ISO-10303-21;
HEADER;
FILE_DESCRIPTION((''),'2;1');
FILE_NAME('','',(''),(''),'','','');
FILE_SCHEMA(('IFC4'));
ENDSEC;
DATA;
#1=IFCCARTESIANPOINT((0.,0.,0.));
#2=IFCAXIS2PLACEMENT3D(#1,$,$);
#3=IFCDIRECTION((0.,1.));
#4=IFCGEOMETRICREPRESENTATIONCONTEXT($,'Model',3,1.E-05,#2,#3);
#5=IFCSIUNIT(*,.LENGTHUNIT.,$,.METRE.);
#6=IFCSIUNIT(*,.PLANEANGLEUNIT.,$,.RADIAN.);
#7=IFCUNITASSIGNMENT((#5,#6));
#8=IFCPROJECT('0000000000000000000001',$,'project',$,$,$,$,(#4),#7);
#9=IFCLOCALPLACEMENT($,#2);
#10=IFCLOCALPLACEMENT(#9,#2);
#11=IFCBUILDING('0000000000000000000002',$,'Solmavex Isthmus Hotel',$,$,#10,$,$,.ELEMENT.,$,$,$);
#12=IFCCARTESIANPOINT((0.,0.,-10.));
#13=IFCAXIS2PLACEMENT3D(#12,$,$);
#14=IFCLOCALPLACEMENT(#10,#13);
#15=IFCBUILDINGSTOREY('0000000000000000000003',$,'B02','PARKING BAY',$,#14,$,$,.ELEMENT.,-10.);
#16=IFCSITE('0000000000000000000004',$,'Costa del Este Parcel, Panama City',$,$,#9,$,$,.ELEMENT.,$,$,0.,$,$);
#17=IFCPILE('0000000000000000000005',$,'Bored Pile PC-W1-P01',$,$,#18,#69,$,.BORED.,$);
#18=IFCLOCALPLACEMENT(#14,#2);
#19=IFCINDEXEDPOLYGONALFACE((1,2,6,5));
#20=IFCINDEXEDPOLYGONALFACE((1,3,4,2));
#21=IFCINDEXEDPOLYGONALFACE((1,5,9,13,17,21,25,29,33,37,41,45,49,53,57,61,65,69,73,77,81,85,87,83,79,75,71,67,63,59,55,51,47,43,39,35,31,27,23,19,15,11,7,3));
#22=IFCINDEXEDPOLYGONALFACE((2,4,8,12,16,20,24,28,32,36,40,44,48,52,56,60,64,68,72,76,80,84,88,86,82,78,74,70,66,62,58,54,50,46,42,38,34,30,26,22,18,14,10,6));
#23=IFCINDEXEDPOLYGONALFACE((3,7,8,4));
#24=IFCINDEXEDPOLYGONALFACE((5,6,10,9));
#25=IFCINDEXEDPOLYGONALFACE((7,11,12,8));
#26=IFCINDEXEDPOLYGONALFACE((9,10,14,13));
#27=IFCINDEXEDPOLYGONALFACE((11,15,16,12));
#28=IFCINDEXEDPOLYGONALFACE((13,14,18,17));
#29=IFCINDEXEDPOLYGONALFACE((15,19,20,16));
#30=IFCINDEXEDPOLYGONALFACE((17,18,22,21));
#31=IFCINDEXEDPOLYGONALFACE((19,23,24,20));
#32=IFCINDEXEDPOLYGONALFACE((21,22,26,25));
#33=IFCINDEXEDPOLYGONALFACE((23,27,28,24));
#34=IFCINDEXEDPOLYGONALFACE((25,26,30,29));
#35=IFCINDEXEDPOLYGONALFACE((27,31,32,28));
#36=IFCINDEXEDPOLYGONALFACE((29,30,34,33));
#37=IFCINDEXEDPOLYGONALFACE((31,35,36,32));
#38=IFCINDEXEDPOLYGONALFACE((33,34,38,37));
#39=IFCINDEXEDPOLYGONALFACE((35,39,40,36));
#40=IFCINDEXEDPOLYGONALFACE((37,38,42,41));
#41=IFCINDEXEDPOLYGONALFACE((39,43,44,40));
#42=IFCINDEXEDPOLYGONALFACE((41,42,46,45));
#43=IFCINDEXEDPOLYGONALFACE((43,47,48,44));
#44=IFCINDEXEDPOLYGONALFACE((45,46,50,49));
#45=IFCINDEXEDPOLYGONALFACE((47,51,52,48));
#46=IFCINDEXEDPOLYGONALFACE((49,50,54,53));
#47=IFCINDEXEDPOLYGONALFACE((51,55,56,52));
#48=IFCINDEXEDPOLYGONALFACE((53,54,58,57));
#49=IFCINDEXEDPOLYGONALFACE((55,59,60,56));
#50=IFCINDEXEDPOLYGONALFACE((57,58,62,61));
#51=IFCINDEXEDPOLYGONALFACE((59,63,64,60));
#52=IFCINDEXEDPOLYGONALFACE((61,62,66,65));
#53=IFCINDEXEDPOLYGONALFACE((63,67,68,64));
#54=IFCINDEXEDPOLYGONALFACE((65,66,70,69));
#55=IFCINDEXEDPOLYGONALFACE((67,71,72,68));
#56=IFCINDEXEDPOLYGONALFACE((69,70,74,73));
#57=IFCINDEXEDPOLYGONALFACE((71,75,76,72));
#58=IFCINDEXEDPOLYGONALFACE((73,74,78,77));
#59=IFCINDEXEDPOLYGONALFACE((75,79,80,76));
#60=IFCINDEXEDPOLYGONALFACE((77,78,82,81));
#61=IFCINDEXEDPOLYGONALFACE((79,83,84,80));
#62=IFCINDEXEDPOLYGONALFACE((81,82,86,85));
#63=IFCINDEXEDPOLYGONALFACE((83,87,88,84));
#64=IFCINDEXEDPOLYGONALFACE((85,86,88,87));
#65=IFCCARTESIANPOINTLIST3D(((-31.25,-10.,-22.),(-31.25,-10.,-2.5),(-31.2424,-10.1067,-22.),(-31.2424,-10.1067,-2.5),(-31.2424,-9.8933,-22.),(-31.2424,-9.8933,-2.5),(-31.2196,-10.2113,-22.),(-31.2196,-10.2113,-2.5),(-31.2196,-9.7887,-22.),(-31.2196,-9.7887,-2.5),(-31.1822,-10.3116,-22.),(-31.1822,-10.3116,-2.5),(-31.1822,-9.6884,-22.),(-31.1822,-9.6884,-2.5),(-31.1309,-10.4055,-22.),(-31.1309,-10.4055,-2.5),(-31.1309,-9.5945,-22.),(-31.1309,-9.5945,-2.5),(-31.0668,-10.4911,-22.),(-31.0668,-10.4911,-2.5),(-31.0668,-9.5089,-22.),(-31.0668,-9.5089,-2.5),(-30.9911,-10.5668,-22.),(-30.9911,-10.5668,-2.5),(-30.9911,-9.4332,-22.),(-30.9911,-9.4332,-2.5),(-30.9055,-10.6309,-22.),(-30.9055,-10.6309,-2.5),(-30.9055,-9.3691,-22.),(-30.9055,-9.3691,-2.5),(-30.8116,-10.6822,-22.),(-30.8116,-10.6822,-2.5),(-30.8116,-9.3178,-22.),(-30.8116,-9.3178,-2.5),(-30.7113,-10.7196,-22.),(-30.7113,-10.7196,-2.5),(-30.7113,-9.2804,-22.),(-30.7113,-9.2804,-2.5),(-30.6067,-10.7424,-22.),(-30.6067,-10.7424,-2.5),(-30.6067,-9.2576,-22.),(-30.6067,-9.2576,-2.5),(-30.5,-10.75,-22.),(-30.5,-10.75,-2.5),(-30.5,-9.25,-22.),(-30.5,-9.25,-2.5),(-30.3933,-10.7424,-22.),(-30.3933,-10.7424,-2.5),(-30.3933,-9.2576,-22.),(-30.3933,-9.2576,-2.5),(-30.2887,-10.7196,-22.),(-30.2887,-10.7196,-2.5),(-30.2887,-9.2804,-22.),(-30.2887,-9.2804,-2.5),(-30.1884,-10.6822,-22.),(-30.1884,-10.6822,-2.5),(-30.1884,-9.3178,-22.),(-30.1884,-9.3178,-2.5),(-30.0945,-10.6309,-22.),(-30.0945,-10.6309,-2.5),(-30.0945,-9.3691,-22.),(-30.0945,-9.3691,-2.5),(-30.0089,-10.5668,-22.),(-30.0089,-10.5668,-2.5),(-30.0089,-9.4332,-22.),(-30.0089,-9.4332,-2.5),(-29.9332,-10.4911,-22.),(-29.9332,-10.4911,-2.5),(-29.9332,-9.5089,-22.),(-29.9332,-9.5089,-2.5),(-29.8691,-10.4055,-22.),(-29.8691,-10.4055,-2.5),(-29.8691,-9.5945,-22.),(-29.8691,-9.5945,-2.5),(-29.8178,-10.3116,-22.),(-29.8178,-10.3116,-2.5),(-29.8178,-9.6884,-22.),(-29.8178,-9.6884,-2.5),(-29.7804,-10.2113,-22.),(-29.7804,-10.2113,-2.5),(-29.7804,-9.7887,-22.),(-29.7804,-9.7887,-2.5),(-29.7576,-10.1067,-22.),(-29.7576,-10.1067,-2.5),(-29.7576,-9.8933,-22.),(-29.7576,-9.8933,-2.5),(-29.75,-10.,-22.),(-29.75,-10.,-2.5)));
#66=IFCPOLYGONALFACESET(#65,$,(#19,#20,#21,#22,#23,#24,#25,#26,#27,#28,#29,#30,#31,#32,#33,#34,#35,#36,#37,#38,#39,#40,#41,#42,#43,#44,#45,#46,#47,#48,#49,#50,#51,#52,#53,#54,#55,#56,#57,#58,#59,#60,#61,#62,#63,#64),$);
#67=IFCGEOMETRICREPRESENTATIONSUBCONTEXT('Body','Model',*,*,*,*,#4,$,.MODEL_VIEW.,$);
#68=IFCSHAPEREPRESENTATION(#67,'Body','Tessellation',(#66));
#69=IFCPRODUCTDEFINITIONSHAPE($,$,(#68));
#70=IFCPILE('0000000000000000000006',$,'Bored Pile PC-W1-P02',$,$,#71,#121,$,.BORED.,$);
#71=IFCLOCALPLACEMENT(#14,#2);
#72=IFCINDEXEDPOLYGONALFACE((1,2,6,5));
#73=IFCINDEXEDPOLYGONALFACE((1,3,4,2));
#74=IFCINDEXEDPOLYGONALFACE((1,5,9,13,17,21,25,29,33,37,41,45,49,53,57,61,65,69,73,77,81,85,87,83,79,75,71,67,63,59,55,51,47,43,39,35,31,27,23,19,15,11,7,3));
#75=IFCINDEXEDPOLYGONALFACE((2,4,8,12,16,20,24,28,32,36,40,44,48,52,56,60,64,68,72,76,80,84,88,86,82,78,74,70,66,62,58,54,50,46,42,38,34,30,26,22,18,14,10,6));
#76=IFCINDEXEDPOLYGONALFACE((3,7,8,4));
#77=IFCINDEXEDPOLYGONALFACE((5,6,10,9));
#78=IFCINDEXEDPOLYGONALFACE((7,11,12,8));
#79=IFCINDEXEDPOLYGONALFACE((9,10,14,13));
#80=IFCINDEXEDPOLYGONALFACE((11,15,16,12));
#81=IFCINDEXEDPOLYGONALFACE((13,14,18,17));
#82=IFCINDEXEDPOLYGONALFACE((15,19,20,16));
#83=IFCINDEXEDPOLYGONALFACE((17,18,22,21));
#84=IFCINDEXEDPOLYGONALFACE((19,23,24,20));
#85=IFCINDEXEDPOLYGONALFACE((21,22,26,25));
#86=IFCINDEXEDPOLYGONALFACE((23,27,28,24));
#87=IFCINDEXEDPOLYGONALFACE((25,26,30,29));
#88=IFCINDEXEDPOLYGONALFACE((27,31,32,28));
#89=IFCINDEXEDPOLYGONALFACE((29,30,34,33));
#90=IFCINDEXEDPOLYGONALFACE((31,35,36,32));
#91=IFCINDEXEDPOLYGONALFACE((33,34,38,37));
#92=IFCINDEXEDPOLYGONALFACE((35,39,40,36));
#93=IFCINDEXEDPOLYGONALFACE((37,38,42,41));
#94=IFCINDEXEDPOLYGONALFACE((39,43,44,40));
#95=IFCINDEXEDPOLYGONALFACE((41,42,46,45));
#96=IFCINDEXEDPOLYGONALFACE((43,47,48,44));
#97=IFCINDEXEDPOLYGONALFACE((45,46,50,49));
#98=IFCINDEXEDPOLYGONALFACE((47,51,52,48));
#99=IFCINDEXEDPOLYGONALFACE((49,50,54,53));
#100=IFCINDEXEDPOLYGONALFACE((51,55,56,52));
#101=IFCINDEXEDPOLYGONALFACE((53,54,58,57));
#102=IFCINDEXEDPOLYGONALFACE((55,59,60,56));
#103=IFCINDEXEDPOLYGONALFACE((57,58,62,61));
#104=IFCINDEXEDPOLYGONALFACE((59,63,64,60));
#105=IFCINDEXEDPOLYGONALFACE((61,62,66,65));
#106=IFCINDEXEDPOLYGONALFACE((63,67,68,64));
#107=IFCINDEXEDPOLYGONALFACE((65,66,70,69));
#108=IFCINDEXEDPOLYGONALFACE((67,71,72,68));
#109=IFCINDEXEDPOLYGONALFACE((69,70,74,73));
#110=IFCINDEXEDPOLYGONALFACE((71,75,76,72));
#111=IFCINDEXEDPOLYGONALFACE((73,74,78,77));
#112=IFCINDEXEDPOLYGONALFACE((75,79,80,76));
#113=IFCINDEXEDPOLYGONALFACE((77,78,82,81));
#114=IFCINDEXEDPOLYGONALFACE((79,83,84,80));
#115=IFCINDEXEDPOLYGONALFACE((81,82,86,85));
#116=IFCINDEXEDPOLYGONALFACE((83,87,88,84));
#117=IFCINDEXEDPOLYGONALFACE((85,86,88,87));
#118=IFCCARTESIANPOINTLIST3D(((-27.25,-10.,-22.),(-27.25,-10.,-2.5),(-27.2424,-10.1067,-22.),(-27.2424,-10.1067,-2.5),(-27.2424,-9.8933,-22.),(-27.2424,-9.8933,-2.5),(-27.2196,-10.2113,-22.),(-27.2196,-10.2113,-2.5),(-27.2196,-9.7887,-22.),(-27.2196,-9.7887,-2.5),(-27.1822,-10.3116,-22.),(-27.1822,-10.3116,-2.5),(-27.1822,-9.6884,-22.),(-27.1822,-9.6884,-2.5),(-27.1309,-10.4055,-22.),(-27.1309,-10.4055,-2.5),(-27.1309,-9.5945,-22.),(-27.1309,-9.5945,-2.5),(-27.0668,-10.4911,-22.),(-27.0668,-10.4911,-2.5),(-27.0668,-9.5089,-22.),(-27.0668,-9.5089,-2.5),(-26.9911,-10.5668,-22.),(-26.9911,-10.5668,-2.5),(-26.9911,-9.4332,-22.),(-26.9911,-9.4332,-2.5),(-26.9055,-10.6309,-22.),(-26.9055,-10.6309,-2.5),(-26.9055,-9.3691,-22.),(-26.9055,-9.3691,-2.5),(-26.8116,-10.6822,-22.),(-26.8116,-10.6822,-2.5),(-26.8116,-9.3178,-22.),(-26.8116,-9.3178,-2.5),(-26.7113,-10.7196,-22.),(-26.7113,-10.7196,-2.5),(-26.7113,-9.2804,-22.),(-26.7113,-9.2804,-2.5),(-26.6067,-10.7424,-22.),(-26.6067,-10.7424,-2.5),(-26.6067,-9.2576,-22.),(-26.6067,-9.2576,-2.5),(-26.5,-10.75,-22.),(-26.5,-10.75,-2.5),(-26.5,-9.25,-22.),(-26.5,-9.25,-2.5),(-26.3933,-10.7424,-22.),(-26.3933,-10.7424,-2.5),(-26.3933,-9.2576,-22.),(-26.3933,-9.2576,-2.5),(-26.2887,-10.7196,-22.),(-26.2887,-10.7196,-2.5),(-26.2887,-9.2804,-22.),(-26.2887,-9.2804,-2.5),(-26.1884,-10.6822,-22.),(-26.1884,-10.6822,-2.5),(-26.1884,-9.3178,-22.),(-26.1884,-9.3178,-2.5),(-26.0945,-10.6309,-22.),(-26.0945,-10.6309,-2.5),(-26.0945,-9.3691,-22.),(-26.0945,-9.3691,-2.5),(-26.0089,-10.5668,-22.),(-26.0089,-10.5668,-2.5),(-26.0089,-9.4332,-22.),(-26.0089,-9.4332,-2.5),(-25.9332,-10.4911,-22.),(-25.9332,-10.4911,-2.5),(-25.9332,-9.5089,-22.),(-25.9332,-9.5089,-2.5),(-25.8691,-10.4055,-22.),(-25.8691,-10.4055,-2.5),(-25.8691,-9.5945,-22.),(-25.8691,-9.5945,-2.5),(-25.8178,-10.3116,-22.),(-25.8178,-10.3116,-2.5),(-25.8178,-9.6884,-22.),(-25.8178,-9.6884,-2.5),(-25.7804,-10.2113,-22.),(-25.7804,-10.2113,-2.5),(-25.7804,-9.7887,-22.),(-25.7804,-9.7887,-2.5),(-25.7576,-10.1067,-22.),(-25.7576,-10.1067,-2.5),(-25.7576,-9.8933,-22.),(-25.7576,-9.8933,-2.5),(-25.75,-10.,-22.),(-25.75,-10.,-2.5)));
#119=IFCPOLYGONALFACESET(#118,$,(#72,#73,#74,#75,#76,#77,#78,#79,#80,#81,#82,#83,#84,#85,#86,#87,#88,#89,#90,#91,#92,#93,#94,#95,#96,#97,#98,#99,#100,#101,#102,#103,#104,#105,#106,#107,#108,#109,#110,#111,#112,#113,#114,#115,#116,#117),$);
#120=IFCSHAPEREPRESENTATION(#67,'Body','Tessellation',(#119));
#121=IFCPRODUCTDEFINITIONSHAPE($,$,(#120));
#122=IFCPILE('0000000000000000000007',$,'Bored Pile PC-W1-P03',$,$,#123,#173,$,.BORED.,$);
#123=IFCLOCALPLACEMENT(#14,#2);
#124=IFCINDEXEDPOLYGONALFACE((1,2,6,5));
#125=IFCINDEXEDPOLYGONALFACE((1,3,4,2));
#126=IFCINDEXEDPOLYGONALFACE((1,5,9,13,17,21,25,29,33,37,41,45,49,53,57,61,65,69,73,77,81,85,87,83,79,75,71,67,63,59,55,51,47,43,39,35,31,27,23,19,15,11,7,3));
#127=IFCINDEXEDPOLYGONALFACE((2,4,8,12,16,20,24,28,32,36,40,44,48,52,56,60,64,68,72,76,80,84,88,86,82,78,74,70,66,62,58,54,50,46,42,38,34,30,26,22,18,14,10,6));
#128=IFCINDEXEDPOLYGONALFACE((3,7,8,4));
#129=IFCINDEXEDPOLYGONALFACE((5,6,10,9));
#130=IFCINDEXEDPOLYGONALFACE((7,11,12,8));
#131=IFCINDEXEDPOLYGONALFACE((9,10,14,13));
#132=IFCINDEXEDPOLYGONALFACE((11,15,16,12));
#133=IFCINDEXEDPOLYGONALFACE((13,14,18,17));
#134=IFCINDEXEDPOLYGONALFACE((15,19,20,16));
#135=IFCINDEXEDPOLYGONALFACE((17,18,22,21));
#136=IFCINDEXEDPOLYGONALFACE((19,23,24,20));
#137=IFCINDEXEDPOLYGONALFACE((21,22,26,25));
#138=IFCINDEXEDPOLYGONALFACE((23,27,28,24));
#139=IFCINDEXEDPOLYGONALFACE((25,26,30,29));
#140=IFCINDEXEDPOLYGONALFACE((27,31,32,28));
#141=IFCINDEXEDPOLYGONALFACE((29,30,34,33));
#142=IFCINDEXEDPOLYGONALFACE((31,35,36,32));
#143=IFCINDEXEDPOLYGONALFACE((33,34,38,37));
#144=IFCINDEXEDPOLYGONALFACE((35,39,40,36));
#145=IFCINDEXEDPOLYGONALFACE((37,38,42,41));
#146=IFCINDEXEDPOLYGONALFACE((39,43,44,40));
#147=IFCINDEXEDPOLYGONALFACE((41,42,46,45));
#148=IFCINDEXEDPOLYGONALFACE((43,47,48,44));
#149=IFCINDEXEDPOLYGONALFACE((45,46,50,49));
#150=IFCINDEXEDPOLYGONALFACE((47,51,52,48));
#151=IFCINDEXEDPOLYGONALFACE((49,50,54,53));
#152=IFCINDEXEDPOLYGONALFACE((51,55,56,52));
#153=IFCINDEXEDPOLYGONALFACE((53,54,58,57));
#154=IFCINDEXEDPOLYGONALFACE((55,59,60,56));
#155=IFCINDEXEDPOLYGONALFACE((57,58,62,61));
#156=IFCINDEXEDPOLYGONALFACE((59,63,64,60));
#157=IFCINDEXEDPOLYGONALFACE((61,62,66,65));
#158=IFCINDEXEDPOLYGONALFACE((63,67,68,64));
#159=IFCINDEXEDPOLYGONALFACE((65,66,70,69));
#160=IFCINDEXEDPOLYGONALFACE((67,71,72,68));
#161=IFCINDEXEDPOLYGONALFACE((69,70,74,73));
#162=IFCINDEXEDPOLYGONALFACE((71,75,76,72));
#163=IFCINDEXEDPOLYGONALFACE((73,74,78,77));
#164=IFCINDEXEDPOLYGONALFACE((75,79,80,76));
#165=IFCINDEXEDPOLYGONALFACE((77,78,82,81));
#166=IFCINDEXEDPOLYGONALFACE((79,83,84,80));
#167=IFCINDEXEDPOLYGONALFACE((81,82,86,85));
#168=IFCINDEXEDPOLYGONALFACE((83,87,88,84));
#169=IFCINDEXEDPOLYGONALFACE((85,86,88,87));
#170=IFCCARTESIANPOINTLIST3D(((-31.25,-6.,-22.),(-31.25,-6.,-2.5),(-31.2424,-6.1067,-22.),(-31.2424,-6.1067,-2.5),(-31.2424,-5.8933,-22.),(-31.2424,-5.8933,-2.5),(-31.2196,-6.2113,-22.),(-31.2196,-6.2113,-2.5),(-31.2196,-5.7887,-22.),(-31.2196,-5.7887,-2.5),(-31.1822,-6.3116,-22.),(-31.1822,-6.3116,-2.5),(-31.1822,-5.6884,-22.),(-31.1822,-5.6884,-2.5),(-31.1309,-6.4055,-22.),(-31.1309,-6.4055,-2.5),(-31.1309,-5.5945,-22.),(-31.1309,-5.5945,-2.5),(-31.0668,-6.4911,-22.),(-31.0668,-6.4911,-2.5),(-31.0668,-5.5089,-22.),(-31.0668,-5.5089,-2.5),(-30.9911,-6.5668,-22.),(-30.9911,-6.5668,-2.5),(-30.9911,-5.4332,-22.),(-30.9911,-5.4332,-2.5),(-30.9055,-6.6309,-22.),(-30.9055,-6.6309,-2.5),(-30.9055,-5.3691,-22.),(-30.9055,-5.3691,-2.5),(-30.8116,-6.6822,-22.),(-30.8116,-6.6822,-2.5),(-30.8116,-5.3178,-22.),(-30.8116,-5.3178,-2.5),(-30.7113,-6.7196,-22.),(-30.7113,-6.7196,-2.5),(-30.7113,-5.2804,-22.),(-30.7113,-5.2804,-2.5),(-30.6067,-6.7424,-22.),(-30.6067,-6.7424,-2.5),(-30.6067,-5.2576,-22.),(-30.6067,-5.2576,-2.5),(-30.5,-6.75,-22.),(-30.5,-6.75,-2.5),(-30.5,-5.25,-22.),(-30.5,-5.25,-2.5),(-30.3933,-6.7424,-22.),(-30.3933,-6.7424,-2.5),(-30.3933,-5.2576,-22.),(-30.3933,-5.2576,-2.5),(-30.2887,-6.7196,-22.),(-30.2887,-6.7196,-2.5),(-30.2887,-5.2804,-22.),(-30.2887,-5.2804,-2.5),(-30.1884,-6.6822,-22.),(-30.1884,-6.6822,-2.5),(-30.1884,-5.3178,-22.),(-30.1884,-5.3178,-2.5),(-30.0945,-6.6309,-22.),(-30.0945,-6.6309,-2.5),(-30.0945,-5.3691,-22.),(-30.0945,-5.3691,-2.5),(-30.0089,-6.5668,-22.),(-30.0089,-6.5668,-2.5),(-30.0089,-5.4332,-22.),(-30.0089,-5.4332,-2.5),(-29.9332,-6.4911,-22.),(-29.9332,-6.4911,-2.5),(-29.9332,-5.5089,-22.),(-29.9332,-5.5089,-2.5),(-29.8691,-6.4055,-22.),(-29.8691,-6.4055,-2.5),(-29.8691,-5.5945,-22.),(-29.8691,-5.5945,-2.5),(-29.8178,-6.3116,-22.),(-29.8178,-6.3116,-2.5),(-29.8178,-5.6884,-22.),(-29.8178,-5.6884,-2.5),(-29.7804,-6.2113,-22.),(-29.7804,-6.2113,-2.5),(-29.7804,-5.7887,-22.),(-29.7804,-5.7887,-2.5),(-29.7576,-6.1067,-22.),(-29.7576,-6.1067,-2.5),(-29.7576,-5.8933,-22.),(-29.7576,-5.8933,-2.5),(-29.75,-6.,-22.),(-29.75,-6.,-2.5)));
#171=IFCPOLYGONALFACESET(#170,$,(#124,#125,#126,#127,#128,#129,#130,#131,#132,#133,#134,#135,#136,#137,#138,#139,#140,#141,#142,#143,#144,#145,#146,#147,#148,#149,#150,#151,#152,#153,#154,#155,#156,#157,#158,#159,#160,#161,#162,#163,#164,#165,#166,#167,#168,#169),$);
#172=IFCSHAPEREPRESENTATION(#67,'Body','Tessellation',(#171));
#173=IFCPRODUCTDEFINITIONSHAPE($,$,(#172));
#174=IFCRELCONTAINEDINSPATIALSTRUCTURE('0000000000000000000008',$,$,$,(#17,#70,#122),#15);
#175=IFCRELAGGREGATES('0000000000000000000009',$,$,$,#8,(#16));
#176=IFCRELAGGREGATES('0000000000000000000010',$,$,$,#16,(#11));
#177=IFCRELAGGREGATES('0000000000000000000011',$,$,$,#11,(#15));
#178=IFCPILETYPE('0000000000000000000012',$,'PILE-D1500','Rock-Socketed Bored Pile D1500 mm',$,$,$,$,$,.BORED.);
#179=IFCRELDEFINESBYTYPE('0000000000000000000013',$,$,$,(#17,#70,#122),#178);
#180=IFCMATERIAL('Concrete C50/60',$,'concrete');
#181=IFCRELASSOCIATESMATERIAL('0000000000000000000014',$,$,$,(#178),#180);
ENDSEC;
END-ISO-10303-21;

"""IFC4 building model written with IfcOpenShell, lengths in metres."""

from ifc_helpers import new_model, si_unit, direction, frame, origin, origin_2d, place, context, subcontext, project, spatial, circle, extrude, material, material_profile, profile_set, type_object, element, save


model = new_model("IFC4")

# Units and contexts
model_context = context("Model", 3, precision=1e-05, world=origin(), true_north=direction((0.0, 1.0)))
body_context = subcontext(model_context, "Body", "Model", "MODEL_VIEW")
ifc_project = project(units=[si_unit("LENGTHUNIT", "METRE"), si_unit("PLANEANGLEUNIT", "RADIAN")], contexts=[model_context])

# Site, building, storey
site_placement = place(None, origin())
site = spatial("IfcSite", under=ifc_project, at=site_placement, Name="Costa del Este Parcel, Panama City", CompositionType="ELEMENT", RefElevation=0.0)
building_placement = place(site_placement, origin())
building = spatial("IfcBuilding", under=site, at=building_placement, Name="Solmavex Isthmus Hotel", CompositionType="ELEMENT")
storey_placement = place(building_placement, frame((0.0, 0.0, -10.0)))
storey = spatial("IfcBuildingStorey", under=building, at=storey_placement, Name="B02", Description="PARKING BAY", CompositionType="ELEMENT", Elevation=-10.0)

# Shared definitions
ifc_material_1 = material(Name="Concrete C50/60", Category="concrete")

# Piles
ifc_material_profile_1 = material_profile(ifc_material_1, circle(Radius=0.75, at=origin_2d()), Name="PILE1500")
ifc_profile_set_1 = profile_set([ifc_material_profile_1], Name="Concrete C50/60")
pile_type = type_object("IfcPileType", Name="PILE-D1500", Description="Rock-Socketed Bored Pile D1500 mm", PredefinedType="BORED", material=ifc_profile_set_1)
for number, where, z_axis, x_axis, name in (
    (1, (-30.5, -10.0, -2.5), (0.0, 0.0, -1.0), (1.0, 0.0, 0.0), "Bored Pile PC-W1-P01"),
    (2, (-26.5, -10.0, -2.5), (0.0, 0.0, -1.0), (1.0, 0.0, 0.0), "Bored Pile PC-W1-P02"),
    (3, (-30.5, -6.0, -2.5), (0.0, 0.0, -1.0), (1.0, 0.0, 0.0), "Bored Pile PC-W1-P03"),
):
    element("IfcPile", number, at=place(storey_placement, frame(where, z_axis=z_axis, x_axis=x_axis)), inside=storey, type_object=pile_type, Name=name, PredefinedType="BORED", context=body_context, shape_type="SweptSolid", body=[
        extrude(circle(Radius=0.75, at=origin_2d()), origin(), (0.0, 0.0, 1.0), 19.5),
    ])

save(model, "model.ifc")
